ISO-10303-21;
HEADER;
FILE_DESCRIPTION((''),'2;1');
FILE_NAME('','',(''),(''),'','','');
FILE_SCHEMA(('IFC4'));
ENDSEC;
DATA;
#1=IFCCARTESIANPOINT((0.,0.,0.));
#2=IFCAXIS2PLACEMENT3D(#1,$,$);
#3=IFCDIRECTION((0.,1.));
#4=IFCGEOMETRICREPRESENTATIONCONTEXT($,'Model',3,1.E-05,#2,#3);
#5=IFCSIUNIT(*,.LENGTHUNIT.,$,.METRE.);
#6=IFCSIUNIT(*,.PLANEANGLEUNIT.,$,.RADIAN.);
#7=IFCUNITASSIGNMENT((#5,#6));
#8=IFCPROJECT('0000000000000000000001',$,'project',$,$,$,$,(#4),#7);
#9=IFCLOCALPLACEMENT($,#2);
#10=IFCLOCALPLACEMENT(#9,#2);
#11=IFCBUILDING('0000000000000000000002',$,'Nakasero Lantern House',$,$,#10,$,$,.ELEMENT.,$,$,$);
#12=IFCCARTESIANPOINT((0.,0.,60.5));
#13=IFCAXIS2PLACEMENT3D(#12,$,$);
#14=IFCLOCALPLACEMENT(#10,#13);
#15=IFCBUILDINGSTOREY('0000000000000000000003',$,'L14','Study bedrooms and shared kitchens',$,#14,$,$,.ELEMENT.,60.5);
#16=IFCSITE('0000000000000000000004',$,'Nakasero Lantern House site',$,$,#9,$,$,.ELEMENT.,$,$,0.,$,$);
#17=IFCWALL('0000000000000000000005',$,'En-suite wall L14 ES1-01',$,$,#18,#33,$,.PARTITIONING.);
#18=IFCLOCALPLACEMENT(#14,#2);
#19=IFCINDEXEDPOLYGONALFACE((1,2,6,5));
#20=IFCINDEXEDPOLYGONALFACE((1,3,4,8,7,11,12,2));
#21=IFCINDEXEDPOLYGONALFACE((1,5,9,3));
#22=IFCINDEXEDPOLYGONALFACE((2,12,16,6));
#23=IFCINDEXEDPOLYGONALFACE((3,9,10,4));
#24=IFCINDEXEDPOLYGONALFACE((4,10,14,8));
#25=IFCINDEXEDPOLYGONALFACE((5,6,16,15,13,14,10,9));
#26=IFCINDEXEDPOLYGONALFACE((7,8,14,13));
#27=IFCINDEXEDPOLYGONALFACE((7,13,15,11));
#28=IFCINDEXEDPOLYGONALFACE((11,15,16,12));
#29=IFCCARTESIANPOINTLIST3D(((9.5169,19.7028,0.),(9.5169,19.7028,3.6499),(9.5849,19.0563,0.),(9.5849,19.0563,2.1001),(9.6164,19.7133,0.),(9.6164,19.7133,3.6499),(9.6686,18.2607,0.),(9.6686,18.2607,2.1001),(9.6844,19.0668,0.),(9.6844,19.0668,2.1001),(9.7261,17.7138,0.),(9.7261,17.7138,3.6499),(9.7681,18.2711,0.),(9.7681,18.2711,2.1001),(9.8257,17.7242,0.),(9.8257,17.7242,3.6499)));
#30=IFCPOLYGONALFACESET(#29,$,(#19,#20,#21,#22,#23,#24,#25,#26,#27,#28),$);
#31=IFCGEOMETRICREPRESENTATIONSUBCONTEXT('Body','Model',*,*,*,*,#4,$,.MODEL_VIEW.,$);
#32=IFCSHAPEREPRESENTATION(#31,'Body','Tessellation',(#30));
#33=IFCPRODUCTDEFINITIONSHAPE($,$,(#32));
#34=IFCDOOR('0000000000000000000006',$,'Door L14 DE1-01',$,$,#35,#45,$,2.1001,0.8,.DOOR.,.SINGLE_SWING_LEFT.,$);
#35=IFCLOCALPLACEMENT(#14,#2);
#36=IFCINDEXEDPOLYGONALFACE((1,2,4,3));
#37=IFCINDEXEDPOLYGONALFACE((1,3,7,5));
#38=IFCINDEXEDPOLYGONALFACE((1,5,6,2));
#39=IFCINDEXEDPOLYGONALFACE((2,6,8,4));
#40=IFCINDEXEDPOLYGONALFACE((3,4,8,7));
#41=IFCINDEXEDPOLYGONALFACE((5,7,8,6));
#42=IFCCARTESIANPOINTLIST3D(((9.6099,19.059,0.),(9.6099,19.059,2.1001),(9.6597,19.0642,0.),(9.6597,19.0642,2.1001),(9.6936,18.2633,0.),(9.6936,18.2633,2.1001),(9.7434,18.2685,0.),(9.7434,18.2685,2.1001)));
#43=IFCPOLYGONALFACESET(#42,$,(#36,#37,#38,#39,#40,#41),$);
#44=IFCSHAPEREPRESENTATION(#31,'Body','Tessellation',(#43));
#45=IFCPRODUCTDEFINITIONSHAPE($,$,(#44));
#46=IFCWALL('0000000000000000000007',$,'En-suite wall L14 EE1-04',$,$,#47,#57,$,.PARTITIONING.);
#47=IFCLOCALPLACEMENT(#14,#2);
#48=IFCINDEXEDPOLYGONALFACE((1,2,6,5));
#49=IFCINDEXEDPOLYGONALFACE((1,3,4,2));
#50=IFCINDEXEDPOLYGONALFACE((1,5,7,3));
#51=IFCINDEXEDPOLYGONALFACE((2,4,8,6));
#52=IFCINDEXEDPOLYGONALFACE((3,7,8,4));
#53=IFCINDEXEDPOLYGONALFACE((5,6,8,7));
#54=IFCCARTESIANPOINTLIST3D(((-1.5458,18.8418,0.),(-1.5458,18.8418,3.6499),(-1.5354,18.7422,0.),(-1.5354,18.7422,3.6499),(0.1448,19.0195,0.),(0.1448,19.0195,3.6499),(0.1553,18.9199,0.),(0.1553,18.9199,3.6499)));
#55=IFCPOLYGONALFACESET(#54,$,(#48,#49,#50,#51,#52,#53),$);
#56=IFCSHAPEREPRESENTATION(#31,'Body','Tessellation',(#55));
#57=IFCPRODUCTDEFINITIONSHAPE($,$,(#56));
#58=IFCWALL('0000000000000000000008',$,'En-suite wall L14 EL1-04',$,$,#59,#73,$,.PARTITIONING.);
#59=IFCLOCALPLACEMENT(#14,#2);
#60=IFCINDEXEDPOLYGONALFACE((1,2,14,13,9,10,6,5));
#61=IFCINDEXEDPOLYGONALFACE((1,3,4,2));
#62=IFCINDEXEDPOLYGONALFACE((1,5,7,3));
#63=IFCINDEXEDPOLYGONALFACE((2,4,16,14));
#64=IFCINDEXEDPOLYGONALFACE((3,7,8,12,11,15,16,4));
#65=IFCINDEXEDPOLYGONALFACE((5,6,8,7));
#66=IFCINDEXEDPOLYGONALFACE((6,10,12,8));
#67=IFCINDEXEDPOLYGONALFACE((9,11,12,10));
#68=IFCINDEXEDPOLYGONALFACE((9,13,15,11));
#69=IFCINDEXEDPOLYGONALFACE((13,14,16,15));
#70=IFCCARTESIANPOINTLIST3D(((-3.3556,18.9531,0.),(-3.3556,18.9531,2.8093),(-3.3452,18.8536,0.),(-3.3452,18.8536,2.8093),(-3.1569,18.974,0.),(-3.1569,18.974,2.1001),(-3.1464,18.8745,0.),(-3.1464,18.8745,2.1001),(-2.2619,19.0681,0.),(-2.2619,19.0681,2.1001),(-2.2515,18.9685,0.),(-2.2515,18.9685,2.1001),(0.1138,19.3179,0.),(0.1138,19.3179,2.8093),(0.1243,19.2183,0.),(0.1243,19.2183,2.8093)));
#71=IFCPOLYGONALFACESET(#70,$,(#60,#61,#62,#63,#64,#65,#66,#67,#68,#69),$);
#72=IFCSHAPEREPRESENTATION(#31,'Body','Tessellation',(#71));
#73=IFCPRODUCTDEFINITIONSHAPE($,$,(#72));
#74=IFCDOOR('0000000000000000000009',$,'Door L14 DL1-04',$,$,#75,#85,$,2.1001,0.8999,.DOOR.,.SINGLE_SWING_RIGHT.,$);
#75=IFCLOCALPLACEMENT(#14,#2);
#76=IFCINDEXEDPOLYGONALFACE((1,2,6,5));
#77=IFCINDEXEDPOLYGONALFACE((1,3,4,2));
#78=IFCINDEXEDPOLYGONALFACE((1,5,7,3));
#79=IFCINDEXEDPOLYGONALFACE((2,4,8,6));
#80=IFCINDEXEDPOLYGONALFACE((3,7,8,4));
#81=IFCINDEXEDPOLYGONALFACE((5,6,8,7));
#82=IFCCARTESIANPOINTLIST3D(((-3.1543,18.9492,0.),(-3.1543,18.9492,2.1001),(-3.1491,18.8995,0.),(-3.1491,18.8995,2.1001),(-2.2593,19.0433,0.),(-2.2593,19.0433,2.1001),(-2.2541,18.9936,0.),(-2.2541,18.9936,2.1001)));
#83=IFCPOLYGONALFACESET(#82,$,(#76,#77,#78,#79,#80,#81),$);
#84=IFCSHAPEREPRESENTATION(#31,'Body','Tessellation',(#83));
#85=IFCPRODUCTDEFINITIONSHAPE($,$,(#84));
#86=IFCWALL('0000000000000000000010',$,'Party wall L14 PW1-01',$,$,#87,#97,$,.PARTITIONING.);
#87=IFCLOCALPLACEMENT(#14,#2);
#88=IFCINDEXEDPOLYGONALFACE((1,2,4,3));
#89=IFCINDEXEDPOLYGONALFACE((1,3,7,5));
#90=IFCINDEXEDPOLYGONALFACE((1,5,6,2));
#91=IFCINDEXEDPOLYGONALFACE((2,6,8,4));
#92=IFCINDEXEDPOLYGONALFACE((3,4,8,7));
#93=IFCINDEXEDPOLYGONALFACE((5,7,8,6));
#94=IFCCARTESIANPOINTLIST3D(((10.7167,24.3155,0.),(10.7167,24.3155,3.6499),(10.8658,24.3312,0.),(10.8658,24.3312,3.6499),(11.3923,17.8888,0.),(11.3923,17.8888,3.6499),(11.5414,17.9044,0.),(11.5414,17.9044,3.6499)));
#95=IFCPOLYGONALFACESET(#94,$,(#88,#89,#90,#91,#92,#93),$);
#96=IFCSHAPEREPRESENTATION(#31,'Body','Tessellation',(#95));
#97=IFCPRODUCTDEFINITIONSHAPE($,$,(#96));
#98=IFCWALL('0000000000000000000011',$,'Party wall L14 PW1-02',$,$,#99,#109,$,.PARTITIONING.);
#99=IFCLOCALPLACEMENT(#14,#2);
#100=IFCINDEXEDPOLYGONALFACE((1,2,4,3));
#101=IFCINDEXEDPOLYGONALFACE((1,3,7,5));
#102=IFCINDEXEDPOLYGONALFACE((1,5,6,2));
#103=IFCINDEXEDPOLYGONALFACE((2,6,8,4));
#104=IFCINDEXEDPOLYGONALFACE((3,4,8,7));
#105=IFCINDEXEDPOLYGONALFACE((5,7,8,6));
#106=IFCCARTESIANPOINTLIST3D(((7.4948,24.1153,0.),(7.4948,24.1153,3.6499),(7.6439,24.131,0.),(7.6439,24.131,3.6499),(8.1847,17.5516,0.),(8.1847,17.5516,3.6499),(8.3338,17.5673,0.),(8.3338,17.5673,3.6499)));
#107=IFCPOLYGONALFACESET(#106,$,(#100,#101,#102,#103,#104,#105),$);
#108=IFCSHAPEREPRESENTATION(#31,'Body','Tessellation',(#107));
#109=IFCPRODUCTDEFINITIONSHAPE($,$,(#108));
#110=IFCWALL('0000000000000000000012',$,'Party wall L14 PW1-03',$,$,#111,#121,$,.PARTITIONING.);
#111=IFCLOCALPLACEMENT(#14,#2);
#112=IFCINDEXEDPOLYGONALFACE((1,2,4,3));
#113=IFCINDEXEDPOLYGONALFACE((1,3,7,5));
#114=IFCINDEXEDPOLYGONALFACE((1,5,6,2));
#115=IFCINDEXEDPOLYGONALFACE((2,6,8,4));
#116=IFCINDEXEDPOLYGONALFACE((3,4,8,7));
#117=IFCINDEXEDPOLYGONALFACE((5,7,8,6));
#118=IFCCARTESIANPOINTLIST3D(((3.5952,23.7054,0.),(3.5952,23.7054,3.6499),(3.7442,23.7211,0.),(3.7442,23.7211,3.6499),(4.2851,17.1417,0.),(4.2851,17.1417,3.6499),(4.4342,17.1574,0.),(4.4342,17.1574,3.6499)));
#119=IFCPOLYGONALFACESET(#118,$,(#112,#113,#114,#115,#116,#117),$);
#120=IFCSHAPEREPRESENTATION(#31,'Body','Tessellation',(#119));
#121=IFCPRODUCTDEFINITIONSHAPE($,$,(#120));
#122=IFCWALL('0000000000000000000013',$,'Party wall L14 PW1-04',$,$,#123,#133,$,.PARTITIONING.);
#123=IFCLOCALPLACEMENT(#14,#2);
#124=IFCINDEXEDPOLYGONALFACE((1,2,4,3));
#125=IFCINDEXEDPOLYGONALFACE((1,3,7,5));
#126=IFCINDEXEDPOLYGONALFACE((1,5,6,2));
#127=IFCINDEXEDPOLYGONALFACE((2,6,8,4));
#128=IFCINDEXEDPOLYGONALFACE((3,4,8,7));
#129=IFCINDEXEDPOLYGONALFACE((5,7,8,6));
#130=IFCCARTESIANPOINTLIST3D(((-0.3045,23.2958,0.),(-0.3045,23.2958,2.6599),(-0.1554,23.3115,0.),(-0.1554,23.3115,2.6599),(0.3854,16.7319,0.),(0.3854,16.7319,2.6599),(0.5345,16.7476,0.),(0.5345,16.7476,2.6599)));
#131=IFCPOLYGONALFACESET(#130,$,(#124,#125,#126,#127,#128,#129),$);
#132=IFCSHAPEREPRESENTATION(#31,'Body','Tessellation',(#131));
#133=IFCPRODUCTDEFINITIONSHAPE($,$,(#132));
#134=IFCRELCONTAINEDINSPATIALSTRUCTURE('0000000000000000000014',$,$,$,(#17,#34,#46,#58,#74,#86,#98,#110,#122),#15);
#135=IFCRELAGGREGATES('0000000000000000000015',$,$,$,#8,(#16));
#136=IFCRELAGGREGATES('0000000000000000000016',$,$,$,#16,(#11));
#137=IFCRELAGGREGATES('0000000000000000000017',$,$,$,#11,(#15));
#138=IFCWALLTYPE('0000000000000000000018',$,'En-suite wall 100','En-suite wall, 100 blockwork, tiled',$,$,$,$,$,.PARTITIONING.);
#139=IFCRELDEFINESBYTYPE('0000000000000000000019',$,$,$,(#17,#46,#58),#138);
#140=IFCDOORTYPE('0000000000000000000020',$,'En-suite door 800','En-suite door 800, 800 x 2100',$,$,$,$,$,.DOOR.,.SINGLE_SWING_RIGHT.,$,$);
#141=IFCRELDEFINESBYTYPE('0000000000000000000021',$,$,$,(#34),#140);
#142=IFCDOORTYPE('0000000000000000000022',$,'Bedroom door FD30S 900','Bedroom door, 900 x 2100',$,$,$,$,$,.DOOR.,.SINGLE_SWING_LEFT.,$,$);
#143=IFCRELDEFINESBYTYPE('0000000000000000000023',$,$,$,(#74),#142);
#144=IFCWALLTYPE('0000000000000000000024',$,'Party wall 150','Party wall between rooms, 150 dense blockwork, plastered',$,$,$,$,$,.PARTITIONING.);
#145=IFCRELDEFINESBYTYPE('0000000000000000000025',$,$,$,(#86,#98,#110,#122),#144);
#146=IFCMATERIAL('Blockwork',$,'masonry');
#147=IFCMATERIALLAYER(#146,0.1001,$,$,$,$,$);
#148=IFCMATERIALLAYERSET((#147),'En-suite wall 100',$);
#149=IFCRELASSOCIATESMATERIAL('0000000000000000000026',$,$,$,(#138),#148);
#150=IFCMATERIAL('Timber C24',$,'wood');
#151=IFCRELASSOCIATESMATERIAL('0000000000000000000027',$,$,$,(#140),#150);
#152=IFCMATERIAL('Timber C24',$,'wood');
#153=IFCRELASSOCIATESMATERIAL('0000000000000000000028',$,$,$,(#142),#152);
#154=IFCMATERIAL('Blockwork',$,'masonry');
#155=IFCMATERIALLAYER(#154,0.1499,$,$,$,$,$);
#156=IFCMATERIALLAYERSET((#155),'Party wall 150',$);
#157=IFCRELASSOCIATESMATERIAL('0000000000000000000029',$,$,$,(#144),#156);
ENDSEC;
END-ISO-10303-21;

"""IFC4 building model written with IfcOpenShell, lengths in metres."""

from ifc_helpers import new_model, si_unit, direction, frame, frame_2d, origin, place, context, subcontext, project, spatial, rectangle, extrude, material, layer, layer_set, type_object, element, fill, save


model = new_model("IFC4")

# Units and contexts
model_context = context("Model", 3, precision=1e-05, world=origin(), true_north=direction((0.0, 1.0)))
body_context = subcontext(model_context, "Body", "Model", "MODEL_VIEW")
ifc_project = project(units=[si_unit("LENGTHUNIT", "METRE"), si_unit("PLANEANGLEUNIT", "RADIAN")], contexts=[model_context])

# Site, building, storey
site_placement = place(None, origin())
site = spatial("IfcSite", under=ifc_project, at=site_placement, Name="Nakasero Lantern House site", CompositionType="ELEMENT", RefElevation=0.0)
building_placement = place(site_placement, origin())
building = spatial("IfcBuilding", under=site, at=building_placement, Name="Nakasero Lantern House", CompositionType="ELEMENT")
storey_placement = place(building_placement, frame((0.0, 0.0, 60.5)))
storey = spatial("IfcBuildingStorey", under=building, at=storey_placement, Name="L14", Description="Study bedrooms and shared kitchens", CompositionType="ELEMENT", Elevation=60.5)

# Wall, opening, door
ifc_material_1 = material(Name="Blockwork", Category="masonry")
ifc_layer_1 = layer(ifc_material_1, 0.1001)
ifc_layer_set_1 = layer_set([ifc_layer_1], Name="En-suite wall 100")
wall_type_1 = type_object("IfcWallType", Name="En-suite wall 100", Description="En-suite wall, 100 blockwork, tiled", PredefinedType="PARTITIONING", material=ifc_layer_set_1)
wall_1_placement = place(storey_placement, frame((9.7759, 17.719, 0.0), z_axis=(0.0, 0.0, 1.0), x_axis=(-0.104615, 0.994513, 0.0)))
wall_1 = element("IfcWall", 1, at=wall_1_placement, inside=storey, type_object=wall_type_1, Name="En-suite wall L14 ES1-01", PredefinedType="PARTITIONING", context=body_context, shape_type="SweptSolid", body=[
    extrude(rectangle(XDim=2.0, YDim=0.1001, at=frame_2d((1.0, 0.0))), origin(), (0.0, 0.0, 1.0), 3.6499),
])
opening_1_placement = place(wall_1_placement, frame((0.55, 0.0, 0.0)))
opening_1 = element("IfcOpeningElement", 2, at=opening_1_placement, cuts=wall_1, PredefinedType="OPENING", context=body_context, shape_type="SweptSolid", body=[
    extrude(rectangle(XDim=0.8, YDim=2.1001, at=frame_2d((0.3999, 1.05))), frame((0.0, 0.0701, 0.0), z_axis=(0.0, -1.0, 0.0), x_axis=(1.0, 0.0, 0.0)), (0.0, 0.0, 1.0), 0.1401),
])
ifc_material_2 = material(Name="Timber C24", Category="wood")
door_type_1 = type_object("IfcDoorType", Name="En-suite door 800", Description="En-suite door 800, 800 x 2100", OperationType="SINGLE_SWING_RIGHT", PredefinedType="DOOR", material=ifc_material_2)
door_1_placement = place(opening_1_placement, origin())
door_1 = element("IfcDoor", 3, at=door_1_placement, inside=storey, type_object=door_type_1, Name="Door L14 DE1-01", OperationType="SINGLE_SWING_LEFT", OverallHeight=2.1001, OverallWidth=0.8, PredefinedType="DOOR", context=body_context, shape_type="SweptSolid", body=[
    extrude(rectangle(XDim=0.8, YDim=2.1001, at=frame_2d((0.3999, 1.05))), frame((0.0, 0.0249, 0.0), z_axis=(0.0, -1.0, 0.0), x_axis=(1.0, 0.0, 0.0)), (0.0, 0.0, 1.0), 0.05),
])
fill(opening_1, door_1)

# Wall
wall_2_placement = place(storey_placement, frame((0.1501, 18.9697, 0.0), z_axis=(0.0, 0.0, 1.0), x_axis=(-0.99452, -0.10455, 0.0)))
element("IfcWall", 4, at=wall_2_placement, inside=storey, type_object=wall_type_1, Name="En-suite wall L14 EE1-04", PredefinedType="PARTITIONING", context=body_context, shape_type="SweptSolid", body=[
    extrude(rectangle(XDim=1.7, YDim=0.1001, at=frame_2d((0.8501, 0.0))), origin(), (0.0, 0.0, 1.0), 3.6499),
])

# Wall, opening, door
wall_3_placement = place(storey_placement, frame((0.1189, 19.2681, 0.0), z_axis=(0.0, 0.0, 1.0), x_axis=(-0.994519, -0.104554, 0.0)))
wall_3 = element("IfcWall", 5, at=wall_3_placement, inside=storey, type_object=wall_type_1, Name="En-suite wall L14 EL1-04", PredefinedType="PARTITIONING", context=body_context, shape_type="SweptSolid", body=[
    extrude(rectangle(XDim=3.4885, YDim=0.1001, at=frame_2d((1.7441, 0.0))), origin(), (0.0, 0.0, 1.0), 2.8093),
])
opening_2_placement = place(wall_3_placement, frame((2.3887, 0.0, 0.0)))
opening_2 = element("IfcOpeningElement", 6, at=opening_2_placement, cuts=wall_3, PredefinedType="OPENING", context=body_context, shape_type="SweptSolid", body=[
    extrude(rectangle(XDim=0.8999, YDim=2.1001, at=frame_2d((0.45, 1.05))), frame((0.0, 0.0701, 0.0), z_axis=(0.0, -1.0, 0.0), x_axis=(1.0, 0.0, 0.0)), (0.0, 0.0, 1.0), 0.1401),
])
ifc_material_3 = material(Name="Timber C24", Category="wood")
door_type_2 = type_object("IfcDoorType", Name="Bedroom door FD30S 900", Description="Bedroom door, 900 x 2100", OperationType="SINGLE_SWING_LEFT", PredefinedType="DOOR", material=ifc_material_3)
door_2_placement = place(opening_2_placement, origin())
door_2 = element("IfcDoor", 7, at=door_2_placement, inside=storey, type_object=door_type_2, Name="Door L14 DL1-04", OperationType="SINGLE_SWING_RIGHT", OverallHeight=2.1001, OverallWidth=0.8999, PredefinedType="DOOR", context=body_context, shape_type="SweptSolid", body=[
    extrude(rectangle(XDim=0.8999, YDim=2.1001, at=frame_2d((0.45, 1.05))), frame((0.0, 0.0249, 0.0), z_axis=(0.0, -1.0, 0.0), x_axis=(1.0, 0.0, 0.0)), (0.0, 0.0, 1.0), 0.05),
])
fill(opening_2, door_2)

# Walls
ifc_material_4 = material(Name="Blockwork", Category="masonry")
ifc_layer_2 = layer(ifc_material_4, 0.1499)
ifc_layer_set_2 = layer_set([ifc_layer_2], Name="Party wall 150")
wall_type_2 = type_object("IfcWallType", Name="Party wall 150", Description="Party wall between rooms, 150 dense blockwork, plastered", PredefinedType="PARTITIONING", material=ifc_layer_set_2)
wall_4_placement = place(storey_placement, frame((11.4668, 17.8967, 0.0), z_axis=(0.0, 0.0, 1.0), x_axis=(-0.104537, 0.994521, 0.0)))
element("IfcWall", 8, at=wall_4_placement, inside=storey, type_object=wall_type_2, Name="Party wall L14 PW1-01", PredefinedType="PARTITIONING", context=body_context, shape_type="SweptSolid", body=[
    extrude(rectangle(XDim=6.4622, YDim=0.1499, at=frame_2d((3.231, 0.0))), origin(), (0.0, 0.0, 1.0), 3.6499),
])
for number, where, z_axis, x_axis, name in (
    (9, (8.2593, 17.5596, 0.0), (0.0, 0.0, 1.0), (-0.104538, 0.994521, 0.0), "Party wall L14 PW1-02"),
    (10, (4.3596, 17.1497, 0.0), (0.0, 0.0, 1.0), (-0.104538, 0.994521, 0.0), "Party wall L14 PW1-03"),
):
    element("IfcWall", number, at=place(storey_placement, frame(where, z_axis=z_axis, x_axis=x_axis)), inside=storey, type_object=wall_type_2, Name=name, PredefinedType="PARTITIONING", context=body_context, shape_type="SweptSolid", body=[
        extrude(rectangle(XDim=6.5999, YDim=0.1499, at=frame_2d((3.2998, 0.0))), origin(), (0.0, 0.0, 1.0), 3.6499),
    ])
wall_5_placement = place(storey_placement, frame((0.46, 16.7397, 0.0), z_axis=(0.0, 0.0, 1.0), x_axis=(-0.104535, 0.994521, 0.0)))
element("IfcWall", 11, at=wall_5_placement, inside=storey, type_object=wall_type_2, Name="Party wall L14 PW1-04", PredefinedType="PARTITIONING", context=body_context, shape_type="SweptSolid", body=[
    extrude(rectangle(XDim=6.6001, YDim=0.1499, at=frame_2d((3.3, 0.0))), origin(), (0.0, 0.0, 1.0), 2.6599),
])

save(model, "model.ifc")
